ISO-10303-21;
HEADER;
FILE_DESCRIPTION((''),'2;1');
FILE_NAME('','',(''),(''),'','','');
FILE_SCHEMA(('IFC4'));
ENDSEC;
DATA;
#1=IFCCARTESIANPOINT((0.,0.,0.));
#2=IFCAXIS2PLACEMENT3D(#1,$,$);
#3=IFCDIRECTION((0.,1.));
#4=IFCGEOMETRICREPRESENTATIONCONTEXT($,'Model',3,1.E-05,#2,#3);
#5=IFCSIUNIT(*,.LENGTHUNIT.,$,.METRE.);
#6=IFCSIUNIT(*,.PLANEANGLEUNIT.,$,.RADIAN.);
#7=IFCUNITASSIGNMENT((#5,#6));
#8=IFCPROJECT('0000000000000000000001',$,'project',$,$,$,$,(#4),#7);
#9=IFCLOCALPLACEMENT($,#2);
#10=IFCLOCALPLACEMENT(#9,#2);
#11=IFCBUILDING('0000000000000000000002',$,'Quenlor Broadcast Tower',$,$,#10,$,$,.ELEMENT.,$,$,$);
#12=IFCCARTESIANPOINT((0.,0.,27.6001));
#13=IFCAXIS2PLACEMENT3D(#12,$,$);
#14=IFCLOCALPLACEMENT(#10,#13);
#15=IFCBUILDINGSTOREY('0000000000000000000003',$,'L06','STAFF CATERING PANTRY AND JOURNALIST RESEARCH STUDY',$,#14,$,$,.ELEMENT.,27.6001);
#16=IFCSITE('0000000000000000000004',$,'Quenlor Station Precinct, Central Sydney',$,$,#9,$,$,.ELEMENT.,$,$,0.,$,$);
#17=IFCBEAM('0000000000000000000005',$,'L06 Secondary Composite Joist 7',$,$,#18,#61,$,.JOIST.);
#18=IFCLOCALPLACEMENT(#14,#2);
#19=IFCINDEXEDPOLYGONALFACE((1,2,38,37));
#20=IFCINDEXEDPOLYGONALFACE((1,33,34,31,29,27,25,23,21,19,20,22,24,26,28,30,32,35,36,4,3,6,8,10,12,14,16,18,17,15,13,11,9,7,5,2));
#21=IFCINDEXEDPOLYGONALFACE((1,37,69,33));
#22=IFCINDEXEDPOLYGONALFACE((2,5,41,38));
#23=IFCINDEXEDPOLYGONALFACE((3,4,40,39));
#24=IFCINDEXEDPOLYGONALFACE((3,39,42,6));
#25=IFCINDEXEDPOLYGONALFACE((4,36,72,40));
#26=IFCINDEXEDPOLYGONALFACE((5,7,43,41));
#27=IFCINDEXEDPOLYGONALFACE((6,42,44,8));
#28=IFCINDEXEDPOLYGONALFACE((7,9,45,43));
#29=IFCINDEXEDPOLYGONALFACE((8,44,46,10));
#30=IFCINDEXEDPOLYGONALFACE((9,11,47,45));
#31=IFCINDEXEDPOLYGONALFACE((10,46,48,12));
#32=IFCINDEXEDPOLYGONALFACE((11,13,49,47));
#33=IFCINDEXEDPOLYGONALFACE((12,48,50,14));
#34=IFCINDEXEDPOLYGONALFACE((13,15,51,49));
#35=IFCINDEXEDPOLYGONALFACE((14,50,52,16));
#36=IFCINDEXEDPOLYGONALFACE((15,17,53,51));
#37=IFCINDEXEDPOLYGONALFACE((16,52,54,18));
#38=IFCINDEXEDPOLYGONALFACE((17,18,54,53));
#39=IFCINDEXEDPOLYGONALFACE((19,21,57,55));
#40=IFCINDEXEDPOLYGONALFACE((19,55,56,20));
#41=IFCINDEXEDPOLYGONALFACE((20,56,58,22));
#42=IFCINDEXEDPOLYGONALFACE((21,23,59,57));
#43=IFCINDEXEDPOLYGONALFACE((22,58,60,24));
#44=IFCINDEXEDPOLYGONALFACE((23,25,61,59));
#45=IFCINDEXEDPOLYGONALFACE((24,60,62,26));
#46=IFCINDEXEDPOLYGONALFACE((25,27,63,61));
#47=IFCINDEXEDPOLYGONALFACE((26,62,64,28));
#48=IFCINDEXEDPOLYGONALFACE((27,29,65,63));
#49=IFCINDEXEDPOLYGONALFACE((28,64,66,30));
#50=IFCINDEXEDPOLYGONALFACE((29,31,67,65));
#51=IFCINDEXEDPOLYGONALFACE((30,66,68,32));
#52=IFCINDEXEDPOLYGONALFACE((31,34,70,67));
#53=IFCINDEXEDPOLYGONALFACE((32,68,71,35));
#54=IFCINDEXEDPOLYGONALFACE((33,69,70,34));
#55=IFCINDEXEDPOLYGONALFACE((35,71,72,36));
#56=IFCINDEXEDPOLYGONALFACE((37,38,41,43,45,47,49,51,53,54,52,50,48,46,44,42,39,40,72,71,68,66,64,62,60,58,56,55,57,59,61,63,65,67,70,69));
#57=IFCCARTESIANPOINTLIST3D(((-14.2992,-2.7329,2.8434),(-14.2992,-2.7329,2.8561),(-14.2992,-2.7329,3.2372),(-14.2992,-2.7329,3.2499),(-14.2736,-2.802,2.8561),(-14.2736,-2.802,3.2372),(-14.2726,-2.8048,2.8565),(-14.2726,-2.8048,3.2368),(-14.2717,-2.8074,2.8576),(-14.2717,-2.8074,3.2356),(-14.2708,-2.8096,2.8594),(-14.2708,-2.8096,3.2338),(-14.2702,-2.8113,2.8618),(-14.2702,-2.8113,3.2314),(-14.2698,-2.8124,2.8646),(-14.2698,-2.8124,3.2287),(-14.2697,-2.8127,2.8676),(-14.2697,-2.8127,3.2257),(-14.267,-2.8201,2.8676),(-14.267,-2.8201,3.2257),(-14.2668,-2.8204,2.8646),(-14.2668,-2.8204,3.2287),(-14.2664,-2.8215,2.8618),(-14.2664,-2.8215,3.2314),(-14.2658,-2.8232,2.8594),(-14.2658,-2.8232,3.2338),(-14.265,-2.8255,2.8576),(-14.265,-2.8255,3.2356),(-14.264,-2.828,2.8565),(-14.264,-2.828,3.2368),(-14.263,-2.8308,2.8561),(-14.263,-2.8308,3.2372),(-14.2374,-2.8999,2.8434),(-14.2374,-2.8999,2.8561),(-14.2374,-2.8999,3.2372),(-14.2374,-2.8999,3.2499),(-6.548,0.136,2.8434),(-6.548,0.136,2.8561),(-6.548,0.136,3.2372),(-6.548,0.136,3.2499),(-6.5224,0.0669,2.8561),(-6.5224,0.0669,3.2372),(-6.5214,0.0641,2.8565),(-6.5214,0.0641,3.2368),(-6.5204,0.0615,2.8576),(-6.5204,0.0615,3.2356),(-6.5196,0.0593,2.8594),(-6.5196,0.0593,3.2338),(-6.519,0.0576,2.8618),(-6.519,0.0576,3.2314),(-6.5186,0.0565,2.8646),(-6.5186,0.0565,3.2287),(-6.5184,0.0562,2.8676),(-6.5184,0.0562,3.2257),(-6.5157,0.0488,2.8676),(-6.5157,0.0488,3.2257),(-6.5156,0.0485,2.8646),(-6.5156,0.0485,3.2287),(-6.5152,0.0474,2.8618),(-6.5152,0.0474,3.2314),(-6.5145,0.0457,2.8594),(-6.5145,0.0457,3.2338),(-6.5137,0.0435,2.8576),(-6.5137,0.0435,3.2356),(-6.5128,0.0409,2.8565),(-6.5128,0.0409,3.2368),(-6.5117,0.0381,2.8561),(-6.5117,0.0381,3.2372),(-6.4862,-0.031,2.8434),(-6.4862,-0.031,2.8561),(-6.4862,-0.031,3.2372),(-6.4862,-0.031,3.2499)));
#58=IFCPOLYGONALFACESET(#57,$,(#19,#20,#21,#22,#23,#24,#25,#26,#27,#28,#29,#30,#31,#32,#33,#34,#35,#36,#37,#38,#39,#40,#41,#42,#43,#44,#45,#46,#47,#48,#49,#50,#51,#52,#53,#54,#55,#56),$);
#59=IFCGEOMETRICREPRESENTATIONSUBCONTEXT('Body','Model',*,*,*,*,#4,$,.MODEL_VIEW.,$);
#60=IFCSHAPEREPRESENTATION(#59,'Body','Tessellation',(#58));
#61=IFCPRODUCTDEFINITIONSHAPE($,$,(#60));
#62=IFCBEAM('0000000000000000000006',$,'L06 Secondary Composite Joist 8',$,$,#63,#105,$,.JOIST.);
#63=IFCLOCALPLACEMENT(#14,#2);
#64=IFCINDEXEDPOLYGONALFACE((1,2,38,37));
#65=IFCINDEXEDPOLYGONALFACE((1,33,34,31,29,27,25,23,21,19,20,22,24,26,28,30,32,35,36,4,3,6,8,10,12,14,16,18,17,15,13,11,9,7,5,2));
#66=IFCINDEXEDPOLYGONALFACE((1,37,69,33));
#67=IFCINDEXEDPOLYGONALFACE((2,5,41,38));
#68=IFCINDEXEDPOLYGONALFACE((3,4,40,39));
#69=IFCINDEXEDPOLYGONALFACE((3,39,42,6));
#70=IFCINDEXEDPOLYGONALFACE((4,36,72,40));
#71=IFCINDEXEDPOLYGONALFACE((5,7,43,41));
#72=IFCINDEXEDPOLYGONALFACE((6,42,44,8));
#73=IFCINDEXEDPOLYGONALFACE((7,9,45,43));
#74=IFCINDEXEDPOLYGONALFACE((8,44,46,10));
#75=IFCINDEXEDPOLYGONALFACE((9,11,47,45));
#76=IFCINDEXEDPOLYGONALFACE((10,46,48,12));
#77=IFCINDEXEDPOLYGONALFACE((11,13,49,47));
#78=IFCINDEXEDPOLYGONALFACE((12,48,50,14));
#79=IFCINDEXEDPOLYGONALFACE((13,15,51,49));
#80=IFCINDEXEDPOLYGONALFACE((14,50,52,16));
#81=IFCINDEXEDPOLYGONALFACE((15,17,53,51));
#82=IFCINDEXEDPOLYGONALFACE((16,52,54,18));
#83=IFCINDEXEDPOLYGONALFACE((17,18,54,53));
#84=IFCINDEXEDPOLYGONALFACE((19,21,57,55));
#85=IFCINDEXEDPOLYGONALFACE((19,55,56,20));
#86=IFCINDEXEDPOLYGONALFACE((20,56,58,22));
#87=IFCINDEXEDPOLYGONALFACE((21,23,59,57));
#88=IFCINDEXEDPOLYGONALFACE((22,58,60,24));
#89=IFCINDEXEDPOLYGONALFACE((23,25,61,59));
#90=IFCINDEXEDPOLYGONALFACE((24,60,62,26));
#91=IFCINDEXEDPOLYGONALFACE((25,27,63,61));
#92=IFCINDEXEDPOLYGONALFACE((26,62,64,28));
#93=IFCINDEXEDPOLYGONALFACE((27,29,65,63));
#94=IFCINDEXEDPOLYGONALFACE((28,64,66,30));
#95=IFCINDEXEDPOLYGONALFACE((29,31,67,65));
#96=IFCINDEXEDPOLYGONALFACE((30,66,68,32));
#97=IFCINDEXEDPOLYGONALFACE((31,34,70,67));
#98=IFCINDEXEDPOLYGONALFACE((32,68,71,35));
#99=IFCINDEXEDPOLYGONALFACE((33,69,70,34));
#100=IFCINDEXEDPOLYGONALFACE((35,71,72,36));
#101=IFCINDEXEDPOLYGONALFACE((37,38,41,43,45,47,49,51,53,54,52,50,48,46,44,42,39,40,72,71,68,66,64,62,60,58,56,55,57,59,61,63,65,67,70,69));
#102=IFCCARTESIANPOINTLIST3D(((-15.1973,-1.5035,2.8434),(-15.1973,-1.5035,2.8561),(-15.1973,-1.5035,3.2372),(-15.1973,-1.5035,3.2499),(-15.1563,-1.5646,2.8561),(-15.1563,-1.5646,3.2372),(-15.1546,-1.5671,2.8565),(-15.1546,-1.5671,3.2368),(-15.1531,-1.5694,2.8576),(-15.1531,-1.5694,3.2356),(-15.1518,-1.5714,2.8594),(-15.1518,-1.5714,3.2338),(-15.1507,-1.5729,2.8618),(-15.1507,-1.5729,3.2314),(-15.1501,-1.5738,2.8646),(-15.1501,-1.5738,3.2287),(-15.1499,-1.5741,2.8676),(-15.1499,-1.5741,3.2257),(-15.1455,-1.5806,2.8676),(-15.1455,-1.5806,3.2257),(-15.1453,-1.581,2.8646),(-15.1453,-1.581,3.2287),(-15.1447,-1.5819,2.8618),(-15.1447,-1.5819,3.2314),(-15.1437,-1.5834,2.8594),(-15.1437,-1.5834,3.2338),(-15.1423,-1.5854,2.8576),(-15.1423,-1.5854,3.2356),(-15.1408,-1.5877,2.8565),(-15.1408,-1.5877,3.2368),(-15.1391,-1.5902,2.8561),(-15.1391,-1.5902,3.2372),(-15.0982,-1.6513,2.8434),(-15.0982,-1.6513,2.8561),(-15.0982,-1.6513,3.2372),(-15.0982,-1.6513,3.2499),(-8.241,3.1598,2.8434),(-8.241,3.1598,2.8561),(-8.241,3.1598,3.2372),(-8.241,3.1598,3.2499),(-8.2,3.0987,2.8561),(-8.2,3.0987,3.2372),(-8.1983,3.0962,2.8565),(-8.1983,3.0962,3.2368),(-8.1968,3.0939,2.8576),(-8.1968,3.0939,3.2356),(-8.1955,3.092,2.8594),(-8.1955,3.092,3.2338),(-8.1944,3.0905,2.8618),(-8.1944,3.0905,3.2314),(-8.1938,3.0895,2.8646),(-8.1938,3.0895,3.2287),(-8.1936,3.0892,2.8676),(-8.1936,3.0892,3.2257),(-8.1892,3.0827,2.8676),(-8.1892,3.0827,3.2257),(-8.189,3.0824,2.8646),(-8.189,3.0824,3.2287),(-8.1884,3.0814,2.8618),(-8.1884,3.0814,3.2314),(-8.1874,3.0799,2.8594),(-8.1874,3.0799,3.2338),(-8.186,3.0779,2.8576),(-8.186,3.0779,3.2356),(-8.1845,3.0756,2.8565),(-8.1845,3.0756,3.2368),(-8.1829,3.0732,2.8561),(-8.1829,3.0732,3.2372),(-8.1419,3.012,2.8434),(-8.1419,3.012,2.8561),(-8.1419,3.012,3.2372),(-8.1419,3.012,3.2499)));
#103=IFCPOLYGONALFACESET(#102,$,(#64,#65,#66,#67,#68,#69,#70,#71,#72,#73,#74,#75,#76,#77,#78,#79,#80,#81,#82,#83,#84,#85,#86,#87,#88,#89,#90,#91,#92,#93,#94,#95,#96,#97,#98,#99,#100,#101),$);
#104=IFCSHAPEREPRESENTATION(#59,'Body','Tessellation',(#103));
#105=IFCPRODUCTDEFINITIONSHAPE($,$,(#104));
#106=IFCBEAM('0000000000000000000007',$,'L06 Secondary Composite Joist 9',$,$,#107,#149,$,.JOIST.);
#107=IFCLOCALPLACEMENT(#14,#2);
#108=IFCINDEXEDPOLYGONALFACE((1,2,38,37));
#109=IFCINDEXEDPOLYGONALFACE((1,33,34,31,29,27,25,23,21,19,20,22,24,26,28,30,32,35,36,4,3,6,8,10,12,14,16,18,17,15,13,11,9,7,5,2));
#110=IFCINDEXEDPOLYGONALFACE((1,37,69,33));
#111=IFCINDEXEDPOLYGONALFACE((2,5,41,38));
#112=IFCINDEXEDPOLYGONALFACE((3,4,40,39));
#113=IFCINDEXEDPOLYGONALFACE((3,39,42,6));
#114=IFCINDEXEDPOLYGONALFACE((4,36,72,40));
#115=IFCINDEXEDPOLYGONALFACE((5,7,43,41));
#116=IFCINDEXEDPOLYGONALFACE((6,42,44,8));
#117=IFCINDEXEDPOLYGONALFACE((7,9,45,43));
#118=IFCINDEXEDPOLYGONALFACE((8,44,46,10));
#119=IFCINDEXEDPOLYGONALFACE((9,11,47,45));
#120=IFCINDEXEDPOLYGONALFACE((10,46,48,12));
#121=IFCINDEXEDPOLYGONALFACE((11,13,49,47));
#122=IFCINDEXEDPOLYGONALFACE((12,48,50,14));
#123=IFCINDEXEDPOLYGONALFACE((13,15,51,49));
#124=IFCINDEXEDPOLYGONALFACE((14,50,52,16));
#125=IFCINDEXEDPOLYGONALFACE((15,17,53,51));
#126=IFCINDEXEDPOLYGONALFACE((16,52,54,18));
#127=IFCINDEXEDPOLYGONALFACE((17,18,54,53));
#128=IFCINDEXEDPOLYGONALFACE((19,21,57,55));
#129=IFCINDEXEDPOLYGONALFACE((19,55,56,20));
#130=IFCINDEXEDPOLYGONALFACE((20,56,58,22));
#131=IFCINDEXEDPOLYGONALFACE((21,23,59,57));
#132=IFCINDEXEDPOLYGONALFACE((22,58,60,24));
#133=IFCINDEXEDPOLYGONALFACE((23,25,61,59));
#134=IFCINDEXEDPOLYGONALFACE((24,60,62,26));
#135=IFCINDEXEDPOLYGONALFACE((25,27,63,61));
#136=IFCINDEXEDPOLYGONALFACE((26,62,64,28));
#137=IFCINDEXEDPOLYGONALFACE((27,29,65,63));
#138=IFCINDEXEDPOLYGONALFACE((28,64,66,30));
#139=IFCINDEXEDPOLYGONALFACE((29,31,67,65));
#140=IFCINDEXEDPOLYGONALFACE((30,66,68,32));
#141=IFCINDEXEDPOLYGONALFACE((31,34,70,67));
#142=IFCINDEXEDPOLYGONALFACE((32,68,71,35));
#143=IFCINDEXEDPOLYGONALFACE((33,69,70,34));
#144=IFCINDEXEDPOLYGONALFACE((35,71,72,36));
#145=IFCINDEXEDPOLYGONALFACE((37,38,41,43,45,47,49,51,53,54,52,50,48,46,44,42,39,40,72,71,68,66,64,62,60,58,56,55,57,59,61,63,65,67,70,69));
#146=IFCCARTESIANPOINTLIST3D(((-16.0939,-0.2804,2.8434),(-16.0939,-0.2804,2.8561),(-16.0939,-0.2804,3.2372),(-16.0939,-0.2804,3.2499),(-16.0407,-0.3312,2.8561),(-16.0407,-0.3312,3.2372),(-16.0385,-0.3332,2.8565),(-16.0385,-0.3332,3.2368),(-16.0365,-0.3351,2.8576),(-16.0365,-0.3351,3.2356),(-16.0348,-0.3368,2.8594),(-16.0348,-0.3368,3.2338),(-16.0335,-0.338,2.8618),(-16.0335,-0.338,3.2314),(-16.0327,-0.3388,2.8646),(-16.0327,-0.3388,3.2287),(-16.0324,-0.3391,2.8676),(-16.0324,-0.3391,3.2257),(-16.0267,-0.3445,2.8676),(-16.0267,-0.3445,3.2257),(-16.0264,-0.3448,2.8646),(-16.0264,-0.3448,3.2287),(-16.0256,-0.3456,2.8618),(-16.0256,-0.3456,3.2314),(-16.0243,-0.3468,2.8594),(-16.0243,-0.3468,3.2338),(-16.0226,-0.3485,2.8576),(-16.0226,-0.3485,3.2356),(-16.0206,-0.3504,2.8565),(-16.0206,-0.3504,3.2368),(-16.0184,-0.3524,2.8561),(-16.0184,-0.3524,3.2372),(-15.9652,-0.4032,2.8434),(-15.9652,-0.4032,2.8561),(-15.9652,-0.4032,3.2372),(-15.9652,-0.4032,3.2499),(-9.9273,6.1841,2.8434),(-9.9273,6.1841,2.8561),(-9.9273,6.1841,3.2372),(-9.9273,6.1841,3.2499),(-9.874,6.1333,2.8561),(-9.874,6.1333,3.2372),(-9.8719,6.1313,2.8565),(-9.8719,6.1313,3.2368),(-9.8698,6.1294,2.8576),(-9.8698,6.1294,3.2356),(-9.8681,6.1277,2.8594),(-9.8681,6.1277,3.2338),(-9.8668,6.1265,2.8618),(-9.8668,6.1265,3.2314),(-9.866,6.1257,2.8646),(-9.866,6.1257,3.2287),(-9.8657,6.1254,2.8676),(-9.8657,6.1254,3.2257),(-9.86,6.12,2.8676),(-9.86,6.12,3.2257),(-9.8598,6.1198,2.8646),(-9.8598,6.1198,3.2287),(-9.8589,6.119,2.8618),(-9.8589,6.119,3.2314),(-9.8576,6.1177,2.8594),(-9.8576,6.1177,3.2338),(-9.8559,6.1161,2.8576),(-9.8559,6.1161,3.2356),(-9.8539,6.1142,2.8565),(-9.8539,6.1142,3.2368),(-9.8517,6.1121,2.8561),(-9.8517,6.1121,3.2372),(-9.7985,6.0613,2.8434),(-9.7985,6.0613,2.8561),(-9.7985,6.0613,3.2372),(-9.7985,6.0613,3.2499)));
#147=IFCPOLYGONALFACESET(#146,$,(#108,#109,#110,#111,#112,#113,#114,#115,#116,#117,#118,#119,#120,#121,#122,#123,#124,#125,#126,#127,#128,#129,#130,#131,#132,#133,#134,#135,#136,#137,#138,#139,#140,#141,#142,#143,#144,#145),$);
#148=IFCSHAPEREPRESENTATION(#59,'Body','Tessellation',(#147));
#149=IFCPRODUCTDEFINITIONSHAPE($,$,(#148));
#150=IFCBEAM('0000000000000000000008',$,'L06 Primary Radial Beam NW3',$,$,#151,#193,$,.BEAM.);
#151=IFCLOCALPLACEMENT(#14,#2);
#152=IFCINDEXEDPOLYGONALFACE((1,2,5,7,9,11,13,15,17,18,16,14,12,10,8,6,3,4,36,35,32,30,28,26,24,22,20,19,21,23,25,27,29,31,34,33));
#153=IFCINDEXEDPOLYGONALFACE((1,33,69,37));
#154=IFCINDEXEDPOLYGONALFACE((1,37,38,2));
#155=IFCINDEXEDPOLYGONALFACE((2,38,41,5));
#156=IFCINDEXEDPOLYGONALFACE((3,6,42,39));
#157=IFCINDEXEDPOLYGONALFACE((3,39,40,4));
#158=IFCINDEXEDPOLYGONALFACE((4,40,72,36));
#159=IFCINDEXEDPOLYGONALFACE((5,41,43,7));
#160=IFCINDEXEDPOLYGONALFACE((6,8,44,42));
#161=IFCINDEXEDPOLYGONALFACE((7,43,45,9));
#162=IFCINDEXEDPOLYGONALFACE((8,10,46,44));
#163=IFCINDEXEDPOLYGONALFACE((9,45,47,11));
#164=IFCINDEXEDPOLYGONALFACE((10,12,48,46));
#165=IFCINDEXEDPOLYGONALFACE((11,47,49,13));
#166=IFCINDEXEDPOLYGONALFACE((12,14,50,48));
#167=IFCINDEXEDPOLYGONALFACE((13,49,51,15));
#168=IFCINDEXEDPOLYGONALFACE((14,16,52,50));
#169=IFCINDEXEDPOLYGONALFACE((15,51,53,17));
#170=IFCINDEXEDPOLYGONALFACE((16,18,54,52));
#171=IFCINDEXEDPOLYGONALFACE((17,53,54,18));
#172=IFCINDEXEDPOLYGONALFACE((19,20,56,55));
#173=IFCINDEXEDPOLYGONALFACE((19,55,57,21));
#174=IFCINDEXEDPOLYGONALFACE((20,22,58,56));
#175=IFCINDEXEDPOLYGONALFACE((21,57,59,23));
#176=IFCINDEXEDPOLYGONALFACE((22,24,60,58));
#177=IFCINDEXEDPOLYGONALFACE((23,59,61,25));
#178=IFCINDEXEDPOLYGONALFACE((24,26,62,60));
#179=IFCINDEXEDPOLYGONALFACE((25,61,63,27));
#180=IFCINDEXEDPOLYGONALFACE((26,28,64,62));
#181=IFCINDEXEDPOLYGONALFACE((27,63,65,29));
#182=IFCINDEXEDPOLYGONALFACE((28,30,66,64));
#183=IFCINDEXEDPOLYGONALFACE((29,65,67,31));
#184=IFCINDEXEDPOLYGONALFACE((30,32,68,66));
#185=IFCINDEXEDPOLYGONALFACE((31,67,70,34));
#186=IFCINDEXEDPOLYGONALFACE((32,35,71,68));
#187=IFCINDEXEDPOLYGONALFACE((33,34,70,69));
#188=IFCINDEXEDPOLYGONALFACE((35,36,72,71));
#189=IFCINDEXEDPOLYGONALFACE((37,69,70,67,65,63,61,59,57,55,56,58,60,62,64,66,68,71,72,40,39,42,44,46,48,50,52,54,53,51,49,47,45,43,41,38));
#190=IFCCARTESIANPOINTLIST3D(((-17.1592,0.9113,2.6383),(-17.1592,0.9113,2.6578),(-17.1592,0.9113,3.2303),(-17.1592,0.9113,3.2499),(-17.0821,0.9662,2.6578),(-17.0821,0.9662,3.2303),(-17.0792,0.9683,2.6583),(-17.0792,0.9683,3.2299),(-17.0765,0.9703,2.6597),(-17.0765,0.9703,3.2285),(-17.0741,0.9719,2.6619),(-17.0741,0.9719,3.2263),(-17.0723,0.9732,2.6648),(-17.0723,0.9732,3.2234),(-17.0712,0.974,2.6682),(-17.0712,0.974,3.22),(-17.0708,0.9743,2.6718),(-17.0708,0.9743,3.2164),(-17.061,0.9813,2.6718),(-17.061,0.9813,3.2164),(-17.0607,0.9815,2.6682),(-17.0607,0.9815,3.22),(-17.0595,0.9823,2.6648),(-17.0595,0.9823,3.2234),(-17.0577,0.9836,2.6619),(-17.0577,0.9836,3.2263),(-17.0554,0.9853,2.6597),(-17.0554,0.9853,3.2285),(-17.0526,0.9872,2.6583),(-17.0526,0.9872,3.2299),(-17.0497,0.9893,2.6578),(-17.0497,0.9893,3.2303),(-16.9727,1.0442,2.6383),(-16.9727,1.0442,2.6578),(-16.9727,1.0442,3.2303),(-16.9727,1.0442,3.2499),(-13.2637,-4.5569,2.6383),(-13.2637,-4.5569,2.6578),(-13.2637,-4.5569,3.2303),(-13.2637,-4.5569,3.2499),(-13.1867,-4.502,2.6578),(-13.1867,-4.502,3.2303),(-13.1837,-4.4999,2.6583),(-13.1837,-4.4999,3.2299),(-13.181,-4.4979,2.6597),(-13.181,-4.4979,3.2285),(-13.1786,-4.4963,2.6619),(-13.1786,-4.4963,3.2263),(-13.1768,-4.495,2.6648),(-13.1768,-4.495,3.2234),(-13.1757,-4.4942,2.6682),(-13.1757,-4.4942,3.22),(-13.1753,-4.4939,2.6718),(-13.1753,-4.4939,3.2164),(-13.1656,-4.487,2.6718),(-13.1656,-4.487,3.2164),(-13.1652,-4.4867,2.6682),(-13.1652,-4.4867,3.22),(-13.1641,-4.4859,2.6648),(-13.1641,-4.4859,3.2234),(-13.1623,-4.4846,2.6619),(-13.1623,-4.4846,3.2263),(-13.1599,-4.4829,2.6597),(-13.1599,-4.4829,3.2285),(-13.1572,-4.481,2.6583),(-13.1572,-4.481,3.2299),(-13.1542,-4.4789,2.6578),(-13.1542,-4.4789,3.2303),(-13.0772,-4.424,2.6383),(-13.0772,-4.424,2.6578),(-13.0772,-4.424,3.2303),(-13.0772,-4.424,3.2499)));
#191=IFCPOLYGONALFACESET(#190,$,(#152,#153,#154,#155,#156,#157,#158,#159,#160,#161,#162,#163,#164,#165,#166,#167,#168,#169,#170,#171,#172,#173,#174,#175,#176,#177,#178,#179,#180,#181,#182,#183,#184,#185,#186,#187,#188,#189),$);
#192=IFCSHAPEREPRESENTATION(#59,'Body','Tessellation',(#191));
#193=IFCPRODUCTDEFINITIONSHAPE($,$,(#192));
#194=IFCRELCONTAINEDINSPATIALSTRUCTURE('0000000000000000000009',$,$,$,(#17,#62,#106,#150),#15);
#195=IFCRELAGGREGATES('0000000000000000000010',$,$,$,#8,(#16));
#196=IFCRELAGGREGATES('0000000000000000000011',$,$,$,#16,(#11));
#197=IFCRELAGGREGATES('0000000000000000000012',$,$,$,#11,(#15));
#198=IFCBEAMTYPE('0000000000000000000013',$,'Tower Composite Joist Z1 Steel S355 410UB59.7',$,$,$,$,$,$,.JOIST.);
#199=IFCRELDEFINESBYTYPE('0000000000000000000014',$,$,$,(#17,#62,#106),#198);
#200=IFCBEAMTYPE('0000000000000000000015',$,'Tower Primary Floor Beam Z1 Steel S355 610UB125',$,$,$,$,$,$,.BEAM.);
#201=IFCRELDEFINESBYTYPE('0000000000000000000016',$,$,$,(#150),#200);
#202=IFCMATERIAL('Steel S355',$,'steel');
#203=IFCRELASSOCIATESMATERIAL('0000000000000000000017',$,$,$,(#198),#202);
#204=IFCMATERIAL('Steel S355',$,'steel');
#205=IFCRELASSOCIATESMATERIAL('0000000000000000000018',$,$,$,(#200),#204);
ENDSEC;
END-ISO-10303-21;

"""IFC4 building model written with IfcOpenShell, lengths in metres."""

from ifc_helpers import new_model, si_unit, direction, frame, origin, origin_2d, place, context, subcontext, project, spatial, i_section, extrude, material, material_profile, profile_set, type_object, element, save


model = new_model("IFC4")

# Units and contexts
model_context = context("Model", 3, precision=1e-05, world=origin(), true_north=direction((0.0, 1.0)))
body_context = subcontext(model_context, "Body", "Model", "MODEL_VIEW")
ifc_project = project(units=[si_unit("LENGTHUNIT", "METRE"), si_unit("PLANEANGLEUNIT", "RADIAN")], contexts=[model_context])

# Site, building, storey
site_placement = place(None, origin())
site = spatial("IfcSite", under=ifc_project, at=site_placement, Name="Quenlor Station Precinct, Central Sydney", CompositionType="ELEMENT", RefElevation=0.0)
building_placement = place(site_placement, origin())
building = spatial("IfcBuilding", under=site, at=building_placement, Name="Quenlor Broadcast Tower", CompositionType="ELEMENT")
storey_placement = place(building_placement, frame((0.0, 0.0, 27.6001)))
storey = spatial("IfcBuildingStorey", under=building, at=storey_placement, Name="L06", Description="STAFF CATERING PANTRY AND JOURNALIST RESEARCH STUDY", CompositionType="ELEMENT", Elevation=27.6001)

# Beams
ifc_material_1 = material(Name="Steel S355", Category="steel")
ifc_material_profile_1 = material_profile(ifc_material_1, i_section(OverallWidth=0.178, OverallDepth=0.4065, WebThickness=0.0078, FlangeThickness=0.0127, FilletRadius=0.0115, at=origin_2d()))
ifc_profile_set_1 = profile_set([ifc_material_profile_1], Name="Steel S355 410UB59.7")
beam_type_1 = type_object("IfcBeamType", Name="Tower Composite Joist Z1 Steel S355 410UB59.7", PredefinedType="JOIST", material=ifc_profile_set_1)
beam_1_placement = place(storey_placement, frame((-14.2683, -2.8164, 3.0466), z_axis=(0.937825, 0.347109, 0.0), x_axis=(-0.347109, 0.937825, 0.0)))
element("IfcBeam", 1, at=beam_1_placement, inside=storey, type_object=beam_type_1, Name="L06 Secondary Composite Joist 7", PredefinedType="JOIST", context=body_context, shape_type="SweptSolid", body=[
    extrude(i_section(OverallWidth=0.178, OverallDepth=0.4065, WebThickness=0.0078, FlangeThickness=0.0127, FilletRadius=0.0115, at=origin_2d()), origin(), (0.0, 0.0, 1.0), 8.2651),
])
beam_2_placement = place(storey_placement, frame((-15.1477, -1.5774, 3.0466), z_axis=(0.830626, 0.556831, 0.0), x_axis=(-0.556831, 0.830626, 0.0)))
element("IfcBeam", 2, at=beam_2_placement, inside=storey, type_object=beam_type_1, Name="L06 Secondary Composite Joist 8", PredefinedType="JOIST", context=body_context, shape_type="SweptSolid", body=[
    extrude(i_section(OverallWidth=0.178, OverallDepth=0.4065, WebThickness=0.0078, FlangeThickness=0.0127, FilletRadius=0.0115, at=origin_2d()), origin(), (0.0, 0.0, 1.0), 8.3748),
])
beam_3_placement = place(storey_placement, frame((-16.0295, -0.3418, 3.0466), z_axis=(0.690241, 0.723579, 0.0), x_axis=(-0.723579, 0.690241, 0.0)))
element("IfcBeam", 3, at=beam_3_placement, inside=storey, type_object=beam_type_1, Name="L06 Secondary Composite Joist 9", PredefinedType="JOIST", context=body_context, shape_type="SweptSolid", body=[
    extrude(i_section(OverallWidth=0.178, OverallDepth=0.4065, WebThickness=0.0078, FlangeThickness=0.0127, FilletRadius=0.0115, at=origin_2d()), origin(), (0.0, 0.0, 1.0), 8.9341),
])
ifc_material_2 = material(Name="Steel S355", Category="steel")
ifc_material_profile_2 = material_profile(ifc_material_2, i_section(OverallWidth=0.229, OverallDepth=0.6116, WebThickness=0.012, FlangeThickness=0.0195, FilletRadius=0.0139, at=origin_2d()))
ifc_profile_set_2 = profile_set([ifc_material_profile_2], Name="Steel S355 610UB125")
beam_type_2 = type_object("IfcBeamType", Name="Tower Primary Floor Beam Z1 Steel S355 610UB125", PredefinedType="BEAM", material=ifc_profile_set_2)
beam_4_placement = place(storey_placement, frame((-17.0659, 0.9778, 2.9441), z_axis=(0.580213, -0.814465, 0.0), x_axis=(0.814465, 0.580213, 0.0)))
element("IfcBeam", 4, at=beam_4_placement, inside=storey, type_object=beam_type_2, Name="L06 Primary Radial Beam NW3", PredefinedType="BEAM", context=body_context, shape_type="SweptSolid", body=[
    extrude(i_section(OverallWidth=0.229, OverallDepth=0.6116, WebThickness=0.012, FlangeThickness=0.0195, FilletRadius=0.0139, at=origin_2d()), origin(), (0.0, 0.0, 1.0), 6.7139),
])

save(model, "model.ifc")
